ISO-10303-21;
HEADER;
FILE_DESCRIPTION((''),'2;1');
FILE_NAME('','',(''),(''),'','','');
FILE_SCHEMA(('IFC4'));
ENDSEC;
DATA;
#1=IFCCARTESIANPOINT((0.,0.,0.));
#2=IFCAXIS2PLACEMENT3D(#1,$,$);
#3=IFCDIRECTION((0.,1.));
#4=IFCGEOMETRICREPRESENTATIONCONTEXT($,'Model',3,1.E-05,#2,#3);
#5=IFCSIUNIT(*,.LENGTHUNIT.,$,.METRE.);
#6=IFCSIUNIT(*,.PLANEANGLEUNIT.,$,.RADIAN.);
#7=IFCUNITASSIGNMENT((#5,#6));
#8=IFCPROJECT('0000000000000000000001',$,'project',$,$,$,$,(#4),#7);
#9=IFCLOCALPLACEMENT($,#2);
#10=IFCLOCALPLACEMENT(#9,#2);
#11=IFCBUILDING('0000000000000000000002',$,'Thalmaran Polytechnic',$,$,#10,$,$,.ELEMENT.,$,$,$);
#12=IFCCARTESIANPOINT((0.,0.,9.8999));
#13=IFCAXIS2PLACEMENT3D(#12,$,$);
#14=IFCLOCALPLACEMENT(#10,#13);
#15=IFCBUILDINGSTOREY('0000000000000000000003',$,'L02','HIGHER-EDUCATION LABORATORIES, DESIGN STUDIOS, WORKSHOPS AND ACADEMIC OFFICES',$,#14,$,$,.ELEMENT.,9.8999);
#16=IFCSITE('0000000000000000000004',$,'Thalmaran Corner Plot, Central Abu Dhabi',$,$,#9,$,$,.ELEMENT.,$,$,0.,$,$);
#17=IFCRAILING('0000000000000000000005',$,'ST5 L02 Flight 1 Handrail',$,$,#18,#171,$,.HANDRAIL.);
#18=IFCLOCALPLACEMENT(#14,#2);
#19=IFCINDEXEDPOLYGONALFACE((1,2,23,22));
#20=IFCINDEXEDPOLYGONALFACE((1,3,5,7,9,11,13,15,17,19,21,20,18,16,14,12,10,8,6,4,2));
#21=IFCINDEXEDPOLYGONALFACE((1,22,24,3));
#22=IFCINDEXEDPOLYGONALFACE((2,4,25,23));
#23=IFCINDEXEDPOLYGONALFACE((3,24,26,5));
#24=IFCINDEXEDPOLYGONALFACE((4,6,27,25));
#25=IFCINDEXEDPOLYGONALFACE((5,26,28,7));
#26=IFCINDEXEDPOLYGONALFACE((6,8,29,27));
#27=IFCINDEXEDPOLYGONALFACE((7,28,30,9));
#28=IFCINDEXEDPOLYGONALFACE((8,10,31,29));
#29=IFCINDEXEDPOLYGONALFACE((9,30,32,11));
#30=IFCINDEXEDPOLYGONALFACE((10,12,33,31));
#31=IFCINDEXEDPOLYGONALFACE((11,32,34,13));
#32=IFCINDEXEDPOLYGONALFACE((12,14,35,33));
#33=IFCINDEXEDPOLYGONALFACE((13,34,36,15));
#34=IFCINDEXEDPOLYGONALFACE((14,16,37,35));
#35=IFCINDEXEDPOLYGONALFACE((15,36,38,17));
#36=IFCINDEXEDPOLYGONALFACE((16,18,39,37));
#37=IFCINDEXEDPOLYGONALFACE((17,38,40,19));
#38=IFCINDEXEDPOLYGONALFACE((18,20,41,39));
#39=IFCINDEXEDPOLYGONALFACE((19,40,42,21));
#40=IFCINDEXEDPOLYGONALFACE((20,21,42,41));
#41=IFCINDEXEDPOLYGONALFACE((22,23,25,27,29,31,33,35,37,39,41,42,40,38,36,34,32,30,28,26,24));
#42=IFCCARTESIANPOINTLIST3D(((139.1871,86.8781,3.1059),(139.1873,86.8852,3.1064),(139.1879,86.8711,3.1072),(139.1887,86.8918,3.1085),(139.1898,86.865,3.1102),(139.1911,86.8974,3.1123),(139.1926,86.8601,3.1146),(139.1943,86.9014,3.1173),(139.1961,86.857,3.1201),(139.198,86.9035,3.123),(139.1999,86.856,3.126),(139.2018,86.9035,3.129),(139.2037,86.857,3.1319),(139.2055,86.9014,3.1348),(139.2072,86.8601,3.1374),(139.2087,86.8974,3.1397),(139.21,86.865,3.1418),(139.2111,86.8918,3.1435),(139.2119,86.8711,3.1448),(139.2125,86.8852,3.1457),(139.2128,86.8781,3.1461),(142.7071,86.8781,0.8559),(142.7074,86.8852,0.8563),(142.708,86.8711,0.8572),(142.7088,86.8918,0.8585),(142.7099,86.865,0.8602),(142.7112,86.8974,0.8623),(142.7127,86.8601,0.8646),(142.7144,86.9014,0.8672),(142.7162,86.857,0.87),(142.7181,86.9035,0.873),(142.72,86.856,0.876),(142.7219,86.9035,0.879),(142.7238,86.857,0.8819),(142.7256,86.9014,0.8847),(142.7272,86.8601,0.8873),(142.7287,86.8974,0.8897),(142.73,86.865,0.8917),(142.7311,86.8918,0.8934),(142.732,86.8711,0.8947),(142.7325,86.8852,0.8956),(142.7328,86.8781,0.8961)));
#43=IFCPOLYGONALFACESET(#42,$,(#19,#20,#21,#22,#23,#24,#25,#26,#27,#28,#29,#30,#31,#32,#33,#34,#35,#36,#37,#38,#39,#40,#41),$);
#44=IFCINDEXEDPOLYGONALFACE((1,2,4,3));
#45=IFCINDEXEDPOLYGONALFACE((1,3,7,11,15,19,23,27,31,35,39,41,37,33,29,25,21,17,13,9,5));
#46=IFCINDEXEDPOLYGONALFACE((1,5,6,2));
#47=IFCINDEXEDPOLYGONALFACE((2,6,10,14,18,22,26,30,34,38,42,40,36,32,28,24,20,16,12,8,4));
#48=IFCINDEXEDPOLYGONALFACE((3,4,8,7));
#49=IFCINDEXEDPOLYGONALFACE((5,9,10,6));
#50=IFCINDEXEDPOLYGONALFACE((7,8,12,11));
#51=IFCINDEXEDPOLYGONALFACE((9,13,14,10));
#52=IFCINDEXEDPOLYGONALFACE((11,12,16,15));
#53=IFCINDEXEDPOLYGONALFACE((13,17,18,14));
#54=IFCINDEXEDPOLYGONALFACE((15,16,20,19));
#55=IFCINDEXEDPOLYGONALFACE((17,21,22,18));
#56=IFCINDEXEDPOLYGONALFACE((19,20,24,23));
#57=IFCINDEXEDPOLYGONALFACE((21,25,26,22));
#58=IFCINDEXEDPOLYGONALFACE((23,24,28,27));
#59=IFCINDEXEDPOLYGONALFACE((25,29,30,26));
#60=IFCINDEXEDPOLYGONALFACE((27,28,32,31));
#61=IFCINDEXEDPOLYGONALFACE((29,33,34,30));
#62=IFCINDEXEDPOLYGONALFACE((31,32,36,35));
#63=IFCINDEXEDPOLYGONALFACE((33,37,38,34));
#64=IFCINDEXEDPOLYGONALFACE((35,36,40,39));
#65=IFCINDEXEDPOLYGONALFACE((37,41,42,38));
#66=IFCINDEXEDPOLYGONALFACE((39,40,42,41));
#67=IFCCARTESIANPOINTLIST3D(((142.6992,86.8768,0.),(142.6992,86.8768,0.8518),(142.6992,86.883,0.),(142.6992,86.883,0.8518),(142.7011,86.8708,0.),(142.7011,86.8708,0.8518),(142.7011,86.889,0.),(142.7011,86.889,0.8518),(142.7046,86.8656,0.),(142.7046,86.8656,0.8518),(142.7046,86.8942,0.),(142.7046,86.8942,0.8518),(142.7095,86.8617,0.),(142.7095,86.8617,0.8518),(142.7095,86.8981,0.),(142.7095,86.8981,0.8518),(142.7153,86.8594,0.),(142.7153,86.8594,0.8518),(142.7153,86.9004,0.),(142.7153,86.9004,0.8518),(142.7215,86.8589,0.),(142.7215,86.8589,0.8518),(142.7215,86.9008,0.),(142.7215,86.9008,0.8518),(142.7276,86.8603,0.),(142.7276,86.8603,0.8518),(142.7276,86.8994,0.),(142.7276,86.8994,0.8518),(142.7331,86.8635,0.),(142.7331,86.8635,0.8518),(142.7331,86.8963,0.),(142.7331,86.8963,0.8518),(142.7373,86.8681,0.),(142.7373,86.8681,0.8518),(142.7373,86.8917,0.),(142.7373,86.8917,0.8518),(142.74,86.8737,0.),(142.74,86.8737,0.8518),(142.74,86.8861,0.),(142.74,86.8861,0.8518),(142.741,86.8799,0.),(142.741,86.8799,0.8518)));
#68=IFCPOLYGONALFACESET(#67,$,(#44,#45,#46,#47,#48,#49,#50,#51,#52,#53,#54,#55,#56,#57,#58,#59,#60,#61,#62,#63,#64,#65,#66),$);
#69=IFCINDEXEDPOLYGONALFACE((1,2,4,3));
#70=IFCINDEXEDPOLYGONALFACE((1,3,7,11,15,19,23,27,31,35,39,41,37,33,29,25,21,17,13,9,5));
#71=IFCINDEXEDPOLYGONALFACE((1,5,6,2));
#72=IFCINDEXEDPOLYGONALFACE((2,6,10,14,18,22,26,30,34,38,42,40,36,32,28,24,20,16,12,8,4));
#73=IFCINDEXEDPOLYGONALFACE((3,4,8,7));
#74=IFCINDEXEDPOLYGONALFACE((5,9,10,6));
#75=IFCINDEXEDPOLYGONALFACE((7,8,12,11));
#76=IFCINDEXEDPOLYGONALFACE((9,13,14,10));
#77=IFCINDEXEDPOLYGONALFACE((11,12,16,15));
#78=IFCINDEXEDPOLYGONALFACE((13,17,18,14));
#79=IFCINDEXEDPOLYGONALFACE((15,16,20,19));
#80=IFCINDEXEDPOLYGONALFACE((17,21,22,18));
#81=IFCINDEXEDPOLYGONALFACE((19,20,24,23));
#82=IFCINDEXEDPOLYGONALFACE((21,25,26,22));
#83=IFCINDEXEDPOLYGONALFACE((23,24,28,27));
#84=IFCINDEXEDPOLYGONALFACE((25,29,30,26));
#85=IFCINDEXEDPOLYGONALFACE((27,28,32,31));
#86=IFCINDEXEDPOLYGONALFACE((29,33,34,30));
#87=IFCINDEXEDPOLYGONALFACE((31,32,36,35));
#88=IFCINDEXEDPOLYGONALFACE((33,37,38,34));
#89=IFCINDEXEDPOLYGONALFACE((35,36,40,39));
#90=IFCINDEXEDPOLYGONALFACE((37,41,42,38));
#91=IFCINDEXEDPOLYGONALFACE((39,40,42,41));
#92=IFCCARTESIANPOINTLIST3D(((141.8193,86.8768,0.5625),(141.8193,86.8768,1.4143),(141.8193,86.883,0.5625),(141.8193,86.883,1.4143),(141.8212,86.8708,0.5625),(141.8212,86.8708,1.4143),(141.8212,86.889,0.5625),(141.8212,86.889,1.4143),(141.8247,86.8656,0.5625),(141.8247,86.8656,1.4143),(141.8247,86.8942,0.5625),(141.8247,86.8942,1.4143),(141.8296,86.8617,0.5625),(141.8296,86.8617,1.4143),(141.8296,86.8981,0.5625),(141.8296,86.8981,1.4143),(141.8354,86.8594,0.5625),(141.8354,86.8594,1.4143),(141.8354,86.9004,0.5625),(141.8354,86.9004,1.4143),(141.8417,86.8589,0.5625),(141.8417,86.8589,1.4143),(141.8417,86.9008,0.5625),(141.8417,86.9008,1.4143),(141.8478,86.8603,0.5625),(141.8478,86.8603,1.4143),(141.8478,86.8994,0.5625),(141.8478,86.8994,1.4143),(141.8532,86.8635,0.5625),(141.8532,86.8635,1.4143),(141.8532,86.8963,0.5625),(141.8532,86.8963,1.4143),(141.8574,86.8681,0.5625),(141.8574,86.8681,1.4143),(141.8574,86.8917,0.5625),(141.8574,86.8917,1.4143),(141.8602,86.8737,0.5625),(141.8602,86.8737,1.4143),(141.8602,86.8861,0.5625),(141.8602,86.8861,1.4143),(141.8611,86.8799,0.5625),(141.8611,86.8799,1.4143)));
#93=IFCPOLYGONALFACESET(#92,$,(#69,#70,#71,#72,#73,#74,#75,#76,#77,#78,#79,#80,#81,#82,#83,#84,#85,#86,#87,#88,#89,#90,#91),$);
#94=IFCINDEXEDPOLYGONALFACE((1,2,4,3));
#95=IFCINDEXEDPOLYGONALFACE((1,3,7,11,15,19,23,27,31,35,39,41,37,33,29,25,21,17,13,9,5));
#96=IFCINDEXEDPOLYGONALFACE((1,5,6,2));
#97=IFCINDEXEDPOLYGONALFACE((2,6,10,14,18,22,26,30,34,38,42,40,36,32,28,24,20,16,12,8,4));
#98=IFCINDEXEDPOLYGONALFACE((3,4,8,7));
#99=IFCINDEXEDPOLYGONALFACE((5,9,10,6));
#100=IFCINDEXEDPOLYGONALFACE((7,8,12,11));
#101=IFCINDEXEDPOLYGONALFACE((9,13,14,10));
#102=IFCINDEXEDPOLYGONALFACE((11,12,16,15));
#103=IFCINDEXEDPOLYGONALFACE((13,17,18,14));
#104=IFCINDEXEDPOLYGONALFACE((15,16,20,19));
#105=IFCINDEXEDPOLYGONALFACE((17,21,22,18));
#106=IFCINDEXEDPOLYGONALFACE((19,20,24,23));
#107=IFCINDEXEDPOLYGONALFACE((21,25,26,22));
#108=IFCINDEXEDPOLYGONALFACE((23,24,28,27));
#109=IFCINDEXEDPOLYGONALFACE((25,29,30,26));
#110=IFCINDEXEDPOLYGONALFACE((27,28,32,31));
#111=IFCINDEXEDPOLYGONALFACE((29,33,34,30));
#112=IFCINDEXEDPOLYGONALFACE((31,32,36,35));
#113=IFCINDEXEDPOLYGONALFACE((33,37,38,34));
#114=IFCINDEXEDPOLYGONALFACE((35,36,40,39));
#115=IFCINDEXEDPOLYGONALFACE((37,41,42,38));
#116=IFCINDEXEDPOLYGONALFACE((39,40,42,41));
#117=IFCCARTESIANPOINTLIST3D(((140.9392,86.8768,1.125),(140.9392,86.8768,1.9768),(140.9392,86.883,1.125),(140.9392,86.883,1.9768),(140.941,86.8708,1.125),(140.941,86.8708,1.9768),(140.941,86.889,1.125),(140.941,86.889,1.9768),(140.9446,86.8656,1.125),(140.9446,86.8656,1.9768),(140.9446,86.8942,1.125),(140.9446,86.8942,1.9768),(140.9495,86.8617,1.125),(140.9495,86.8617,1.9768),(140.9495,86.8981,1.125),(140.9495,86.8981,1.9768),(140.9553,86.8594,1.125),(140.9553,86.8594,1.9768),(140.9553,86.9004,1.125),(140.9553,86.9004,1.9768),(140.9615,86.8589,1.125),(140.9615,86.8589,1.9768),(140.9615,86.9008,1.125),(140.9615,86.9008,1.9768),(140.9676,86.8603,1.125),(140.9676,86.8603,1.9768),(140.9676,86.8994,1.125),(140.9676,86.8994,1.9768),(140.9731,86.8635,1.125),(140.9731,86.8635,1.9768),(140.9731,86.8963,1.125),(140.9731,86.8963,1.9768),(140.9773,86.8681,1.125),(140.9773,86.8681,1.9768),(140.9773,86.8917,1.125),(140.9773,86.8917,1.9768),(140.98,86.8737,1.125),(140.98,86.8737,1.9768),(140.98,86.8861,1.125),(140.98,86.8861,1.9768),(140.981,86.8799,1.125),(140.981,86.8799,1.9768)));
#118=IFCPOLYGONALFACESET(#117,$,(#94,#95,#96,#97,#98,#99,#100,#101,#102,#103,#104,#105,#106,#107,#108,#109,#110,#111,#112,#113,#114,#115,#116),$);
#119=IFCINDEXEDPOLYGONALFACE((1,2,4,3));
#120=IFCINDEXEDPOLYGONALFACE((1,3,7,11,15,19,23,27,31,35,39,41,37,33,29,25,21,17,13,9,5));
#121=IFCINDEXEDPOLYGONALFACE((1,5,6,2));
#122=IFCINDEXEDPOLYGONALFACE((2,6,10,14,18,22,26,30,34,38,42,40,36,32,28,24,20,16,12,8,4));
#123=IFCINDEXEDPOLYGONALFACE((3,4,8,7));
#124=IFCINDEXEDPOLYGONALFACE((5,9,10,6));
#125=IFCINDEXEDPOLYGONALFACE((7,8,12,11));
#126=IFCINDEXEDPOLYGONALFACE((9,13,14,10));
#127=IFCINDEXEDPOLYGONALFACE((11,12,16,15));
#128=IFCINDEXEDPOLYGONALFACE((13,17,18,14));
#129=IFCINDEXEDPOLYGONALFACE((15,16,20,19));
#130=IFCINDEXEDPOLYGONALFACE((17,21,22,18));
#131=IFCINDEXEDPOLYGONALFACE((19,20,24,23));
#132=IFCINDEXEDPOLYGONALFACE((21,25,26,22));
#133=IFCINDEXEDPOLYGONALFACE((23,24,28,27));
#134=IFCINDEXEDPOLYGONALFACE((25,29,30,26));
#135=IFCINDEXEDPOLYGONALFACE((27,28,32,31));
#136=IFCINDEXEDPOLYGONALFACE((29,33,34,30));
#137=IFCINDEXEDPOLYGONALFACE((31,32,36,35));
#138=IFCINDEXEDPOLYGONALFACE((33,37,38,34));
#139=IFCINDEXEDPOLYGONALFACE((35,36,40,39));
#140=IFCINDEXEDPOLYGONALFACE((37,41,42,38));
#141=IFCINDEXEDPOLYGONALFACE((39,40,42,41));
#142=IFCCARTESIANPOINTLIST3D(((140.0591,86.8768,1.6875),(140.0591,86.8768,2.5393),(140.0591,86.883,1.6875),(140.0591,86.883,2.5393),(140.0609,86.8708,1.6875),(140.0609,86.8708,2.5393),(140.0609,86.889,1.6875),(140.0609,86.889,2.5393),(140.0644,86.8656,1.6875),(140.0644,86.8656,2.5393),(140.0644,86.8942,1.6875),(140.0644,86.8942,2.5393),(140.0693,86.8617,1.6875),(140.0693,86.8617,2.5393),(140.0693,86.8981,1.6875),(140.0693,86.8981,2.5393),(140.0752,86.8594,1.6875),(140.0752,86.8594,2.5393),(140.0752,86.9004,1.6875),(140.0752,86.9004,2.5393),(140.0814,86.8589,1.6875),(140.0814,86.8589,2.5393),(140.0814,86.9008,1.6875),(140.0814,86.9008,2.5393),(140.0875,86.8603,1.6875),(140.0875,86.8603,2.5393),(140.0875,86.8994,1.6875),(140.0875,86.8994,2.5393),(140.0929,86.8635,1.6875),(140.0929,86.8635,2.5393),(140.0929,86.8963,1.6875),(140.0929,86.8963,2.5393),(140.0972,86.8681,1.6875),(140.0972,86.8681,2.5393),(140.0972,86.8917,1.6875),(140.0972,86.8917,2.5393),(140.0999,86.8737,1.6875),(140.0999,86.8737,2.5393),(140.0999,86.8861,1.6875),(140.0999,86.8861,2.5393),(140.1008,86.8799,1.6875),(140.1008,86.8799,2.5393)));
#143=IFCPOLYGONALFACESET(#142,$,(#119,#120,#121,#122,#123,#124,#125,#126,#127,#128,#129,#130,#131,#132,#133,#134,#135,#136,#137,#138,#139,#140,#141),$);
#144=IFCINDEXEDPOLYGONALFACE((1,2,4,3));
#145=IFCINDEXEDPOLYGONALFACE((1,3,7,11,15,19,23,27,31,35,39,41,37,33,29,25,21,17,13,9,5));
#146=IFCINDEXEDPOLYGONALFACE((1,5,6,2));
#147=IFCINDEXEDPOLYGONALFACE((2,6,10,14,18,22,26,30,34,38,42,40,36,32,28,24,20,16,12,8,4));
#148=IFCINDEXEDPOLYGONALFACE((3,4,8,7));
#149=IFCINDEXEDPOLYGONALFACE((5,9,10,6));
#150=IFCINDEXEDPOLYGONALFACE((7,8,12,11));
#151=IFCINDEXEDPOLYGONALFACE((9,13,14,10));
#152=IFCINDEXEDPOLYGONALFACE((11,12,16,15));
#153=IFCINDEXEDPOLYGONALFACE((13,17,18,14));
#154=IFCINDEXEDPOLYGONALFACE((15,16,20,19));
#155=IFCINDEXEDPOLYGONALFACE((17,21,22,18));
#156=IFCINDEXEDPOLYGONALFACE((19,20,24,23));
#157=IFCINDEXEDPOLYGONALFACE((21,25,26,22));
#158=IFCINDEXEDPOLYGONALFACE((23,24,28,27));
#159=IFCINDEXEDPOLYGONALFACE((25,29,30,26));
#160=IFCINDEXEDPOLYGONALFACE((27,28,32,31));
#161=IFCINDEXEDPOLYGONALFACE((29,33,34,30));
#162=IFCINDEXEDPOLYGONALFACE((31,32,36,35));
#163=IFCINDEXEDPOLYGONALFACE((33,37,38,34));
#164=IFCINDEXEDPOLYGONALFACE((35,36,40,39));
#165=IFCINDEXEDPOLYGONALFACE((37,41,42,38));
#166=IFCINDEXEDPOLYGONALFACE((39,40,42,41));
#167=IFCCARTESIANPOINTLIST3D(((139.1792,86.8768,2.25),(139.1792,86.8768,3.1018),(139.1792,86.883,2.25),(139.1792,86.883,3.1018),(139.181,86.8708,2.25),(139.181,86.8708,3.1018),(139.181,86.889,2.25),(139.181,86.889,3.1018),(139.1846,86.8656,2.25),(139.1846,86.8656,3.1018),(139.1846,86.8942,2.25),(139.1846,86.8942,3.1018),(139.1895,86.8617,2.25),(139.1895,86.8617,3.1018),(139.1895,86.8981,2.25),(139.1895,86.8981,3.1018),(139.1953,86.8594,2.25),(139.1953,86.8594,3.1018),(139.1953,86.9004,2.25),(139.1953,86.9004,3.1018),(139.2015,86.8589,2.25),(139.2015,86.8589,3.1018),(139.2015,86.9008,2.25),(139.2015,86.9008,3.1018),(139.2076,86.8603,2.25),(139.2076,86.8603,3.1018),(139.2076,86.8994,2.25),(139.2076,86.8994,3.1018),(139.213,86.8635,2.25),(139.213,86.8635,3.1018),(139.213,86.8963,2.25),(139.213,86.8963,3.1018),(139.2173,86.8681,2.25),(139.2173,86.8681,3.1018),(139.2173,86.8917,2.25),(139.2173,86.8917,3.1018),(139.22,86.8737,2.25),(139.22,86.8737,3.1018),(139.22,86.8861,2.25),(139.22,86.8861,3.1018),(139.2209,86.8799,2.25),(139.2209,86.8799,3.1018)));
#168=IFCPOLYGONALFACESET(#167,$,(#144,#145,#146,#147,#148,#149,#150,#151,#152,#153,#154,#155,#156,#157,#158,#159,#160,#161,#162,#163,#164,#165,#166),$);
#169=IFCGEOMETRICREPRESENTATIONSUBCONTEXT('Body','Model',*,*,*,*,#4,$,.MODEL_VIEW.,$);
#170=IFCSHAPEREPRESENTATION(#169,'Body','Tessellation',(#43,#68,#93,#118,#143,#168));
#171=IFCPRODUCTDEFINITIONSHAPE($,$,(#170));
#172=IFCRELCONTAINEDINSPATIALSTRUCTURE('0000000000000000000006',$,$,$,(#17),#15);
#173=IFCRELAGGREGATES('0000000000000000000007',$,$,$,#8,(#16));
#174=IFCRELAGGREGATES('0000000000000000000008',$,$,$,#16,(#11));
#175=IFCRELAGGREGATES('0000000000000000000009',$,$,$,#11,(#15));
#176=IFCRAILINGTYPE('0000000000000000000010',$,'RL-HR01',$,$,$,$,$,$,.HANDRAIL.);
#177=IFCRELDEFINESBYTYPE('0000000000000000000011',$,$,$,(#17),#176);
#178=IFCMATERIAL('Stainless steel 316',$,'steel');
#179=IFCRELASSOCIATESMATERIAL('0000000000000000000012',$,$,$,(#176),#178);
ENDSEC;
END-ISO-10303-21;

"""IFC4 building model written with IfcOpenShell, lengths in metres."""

from ifc_helpers import new_model, si_unit, direction, frame, origin, origin_2d, place, context, subcontext, project, spatial, circle, extrude, material, type_object, element, save


model = new_model("IFC4")

# Units and contexts
model_context = context("Model", 3, precision=1e-05, world=origin(), true_north=direction((0.0, 1.0)))
body_context = subcontext(model_context, "Body", "Model", "MODEL_VIEW")
ifc_project = project(units=[si_unit("LENGTHUNIT", "METRE"), si_unit("PLANEANGLEUNIT", "RADIAN")], contexts=[model_context])

# Site, building, storey
site_placement = place(None, origin())
site = spatial("IfcSite", under=ifc_project, at=site_placement, Name="Thalmaran Corner Plot, Central Abu Dhabi", CompositionType="ELEMENT", RefElevation=0.0)
building_placement = place(site_placement, origin())
building = spatial("IfcBuilding", under=site, at=building_placement, Name="Thalmaran Polytechnic", CompositionType="ELEMENT")
storey_placement = place(building_placement, frame((0.0, 0.0, 9.8999)))
storey = spatial("IfcBuildingStorey", under=building, at=storey_placement, Name="L02", Description="HIGHER-EDUCATION LABORATORIES, DESIGN STUDIOS, WORKSHOPS AND ACADEMIC OFFICES", CompositionType="ELEMENT", Elevation=9.8999)

# Railing
ifc_material_1 = material(Name="Stainless steel 316", Category="steel")
railing_type_1 = type_object("IfcRailingType", Name="RL-HR01", PredefinedType="HANDRAIL", material=ifc_material_1)
railing_1_placement = place(storey_placement, frame((142.72, 86.8799, 0.0)))
element("IfcRailing", 1, at=railing_1_placement, inside=storey, type_object=railing_type_1, Name="ST5 L02 Flight 1 Handrail", PredefinedType="HANDRAIL", context=body_context, shape_type="SweptSolid", body=[
    extrude(circle(Radius=0.0239, at=origin_2d()), frame((0.0, 0.0, 0.876), z_axis=(-0.842577, 0.0, 0.538576), x_axis=(0.0, -1.0, 0.0)), (0.0, 0.0, 1.0), 4.1777),
    extrude(circle(Radius=0.021, at=origin_2d()), origin(), (0.0, 0.0, 1.0), 0.8518),
    extrude(circle(Radius=0.021, at=origin_2d()), frame((-0.8799, 0.0, 0.5625)), (0.0, 0.0, 1.0), 0.8518),
    extrude(circle(Radius=0.021, at=origin_2d()), frame((-1.76, 0.0, 1.125)), (0.0, 0.0, 1.0), 0.8518),
    extrude(circle(Radius=0.021, at=origin_2d()), frame((-2.6401, 0.0, 1.6875)), (0.0, 0.0, 1.0), 0.8518),
    extrude(circle(Radius=0.021, at=origin_2d()), frame((-3.52, 0.0, 2.25)), (0.0, 0.0, 1.0), 0.8518),
])

save(model, "model.ifc")
